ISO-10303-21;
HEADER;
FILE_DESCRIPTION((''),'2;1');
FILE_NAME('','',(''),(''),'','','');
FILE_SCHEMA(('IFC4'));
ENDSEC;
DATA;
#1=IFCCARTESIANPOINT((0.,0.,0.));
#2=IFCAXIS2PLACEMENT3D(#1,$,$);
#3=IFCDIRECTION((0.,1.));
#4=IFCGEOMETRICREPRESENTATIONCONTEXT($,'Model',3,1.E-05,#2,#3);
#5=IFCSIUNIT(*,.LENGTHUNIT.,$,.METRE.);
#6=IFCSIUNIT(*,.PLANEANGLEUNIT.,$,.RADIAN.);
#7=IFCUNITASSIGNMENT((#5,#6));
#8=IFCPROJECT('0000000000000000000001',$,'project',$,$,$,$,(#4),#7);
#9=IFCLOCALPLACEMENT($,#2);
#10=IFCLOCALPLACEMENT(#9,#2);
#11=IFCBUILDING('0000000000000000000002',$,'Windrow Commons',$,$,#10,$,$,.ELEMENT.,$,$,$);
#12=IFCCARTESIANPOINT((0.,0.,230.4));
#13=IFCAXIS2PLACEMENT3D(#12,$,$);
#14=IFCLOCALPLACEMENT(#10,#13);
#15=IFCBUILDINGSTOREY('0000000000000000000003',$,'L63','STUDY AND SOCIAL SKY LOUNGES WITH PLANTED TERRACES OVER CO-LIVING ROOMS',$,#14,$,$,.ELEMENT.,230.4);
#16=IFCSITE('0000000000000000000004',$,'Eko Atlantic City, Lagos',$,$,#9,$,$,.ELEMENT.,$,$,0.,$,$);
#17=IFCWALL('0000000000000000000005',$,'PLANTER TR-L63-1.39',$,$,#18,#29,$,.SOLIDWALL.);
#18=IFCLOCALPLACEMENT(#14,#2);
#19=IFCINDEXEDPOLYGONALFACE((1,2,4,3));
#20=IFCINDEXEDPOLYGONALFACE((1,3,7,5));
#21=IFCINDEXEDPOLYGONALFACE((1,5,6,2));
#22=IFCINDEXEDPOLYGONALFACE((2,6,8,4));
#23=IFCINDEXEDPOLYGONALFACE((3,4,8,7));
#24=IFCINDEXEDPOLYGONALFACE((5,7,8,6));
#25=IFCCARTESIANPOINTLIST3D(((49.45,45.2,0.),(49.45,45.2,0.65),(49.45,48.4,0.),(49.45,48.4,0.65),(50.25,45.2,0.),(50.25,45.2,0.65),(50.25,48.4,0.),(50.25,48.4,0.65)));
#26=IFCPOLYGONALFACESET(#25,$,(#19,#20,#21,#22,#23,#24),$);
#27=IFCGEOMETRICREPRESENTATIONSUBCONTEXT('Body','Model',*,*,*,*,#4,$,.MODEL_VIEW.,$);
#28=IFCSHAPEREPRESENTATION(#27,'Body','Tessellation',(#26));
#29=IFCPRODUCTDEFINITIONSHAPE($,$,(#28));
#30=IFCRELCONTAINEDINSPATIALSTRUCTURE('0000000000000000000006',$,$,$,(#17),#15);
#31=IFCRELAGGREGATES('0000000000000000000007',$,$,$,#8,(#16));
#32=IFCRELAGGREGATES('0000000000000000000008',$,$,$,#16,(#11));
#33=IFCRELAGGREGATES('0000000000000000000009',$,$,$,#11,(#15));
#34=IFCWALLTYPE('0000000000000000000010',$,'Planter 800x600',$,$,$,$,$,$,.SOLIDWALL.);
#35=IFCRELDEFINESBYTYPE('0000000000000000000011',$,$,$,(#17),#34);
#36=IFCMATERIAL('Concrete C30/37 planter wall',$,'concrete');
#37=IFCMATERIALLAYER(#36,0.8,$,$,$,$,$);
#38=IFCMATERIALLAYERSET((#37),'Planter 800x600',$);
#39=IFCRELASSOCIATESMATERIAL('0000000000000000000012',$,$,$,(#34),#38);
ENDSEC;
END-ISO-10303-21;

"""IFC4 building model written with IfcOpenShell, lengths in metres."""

from ifc_helpers import new_model, si_unit, direction, frame, frame_2d, origin, place, context, subcontext, project, spatial, rectangle, extrude, material, layer, layer_set, type_object, element, save


model = new_model("IFC4")

# Units and contexts
model_context = context("Model", 3, precision=1e-05, world=origin(), true_north=direction((0.0, 1.0)))
body_context = subcontext(model_context, "Body", "Model", "MODEL_VIEW")
ifc_project = project(units=[si_unit("LENGTHUNIT", "METRE"), si_unit("PLANEANGLEUNIT", "RADIAN")], contexts=[model_context])

# Site, building, storey
site_placement = place(None, origin())
site = spatial("IfcSite", under=ifc_project, at=site_placement, Name="Eko Atlantic City, Lagos", CompositionType="ELEMENT", RefElevation=0.0)
building_placement = place(site_placement, origin())
building = spatial("IfcBuilding", under=site, at=building_placement, Name="Windrow Commons", CompositionType="ELEMENT")
storey_placement = place(building_placement, frame((0.0, 0.0, 230.4)))
storey = spatial("IfcBuildingStorey", under=building, at=storey_placement, Name="L63", Description="STUDY AND SOCIAL SKY LOUNGES WITH PLANTED TERRACES OVER CO-LIVING ROOMS", CompositionType="ELEMENT", Elevation=230.4)

# Wall
ifc_material_1 = material(Name="Concrete C30/37 planter wall", Category="concrete")
ifc_layer_1 = layer(ifc_material_1, 0.8)
ifc_layer_set_1 = layer_set([ifc_layer_1], Name="Planter 800x600")
wall_type_1 = type_object("IfcWallType", Name="Planter 800x600", PredefinedType="SOLIDWALL", material=ifc_layer_set_1)
for number, where, z_axis, x_axis, name in (
    (1, (49.85, 48.4, 0.0), (0.0, 0.0, 1.0), (0.0, -1.0, 0.0), "PLANTER TR-L63-1.39"),
):
    element("IfcWall", number, at=place(storey_placement, frame(where, z_axis=z_axis, x_axis=x_axis)), inside=storey, type_object=wall_type_1, Name=name, PredefinedType="SOLIDWALL", context=body_context, shape_type="SweptSolid", body=[
        extrude(rectangle(XDim=3.2, YDim=0.8, at=frame_2d((1.6, 0.0))), origin(), (0.0, 0.0, 1.0), 0.65),
    ])

save(model, "model.ifc")
